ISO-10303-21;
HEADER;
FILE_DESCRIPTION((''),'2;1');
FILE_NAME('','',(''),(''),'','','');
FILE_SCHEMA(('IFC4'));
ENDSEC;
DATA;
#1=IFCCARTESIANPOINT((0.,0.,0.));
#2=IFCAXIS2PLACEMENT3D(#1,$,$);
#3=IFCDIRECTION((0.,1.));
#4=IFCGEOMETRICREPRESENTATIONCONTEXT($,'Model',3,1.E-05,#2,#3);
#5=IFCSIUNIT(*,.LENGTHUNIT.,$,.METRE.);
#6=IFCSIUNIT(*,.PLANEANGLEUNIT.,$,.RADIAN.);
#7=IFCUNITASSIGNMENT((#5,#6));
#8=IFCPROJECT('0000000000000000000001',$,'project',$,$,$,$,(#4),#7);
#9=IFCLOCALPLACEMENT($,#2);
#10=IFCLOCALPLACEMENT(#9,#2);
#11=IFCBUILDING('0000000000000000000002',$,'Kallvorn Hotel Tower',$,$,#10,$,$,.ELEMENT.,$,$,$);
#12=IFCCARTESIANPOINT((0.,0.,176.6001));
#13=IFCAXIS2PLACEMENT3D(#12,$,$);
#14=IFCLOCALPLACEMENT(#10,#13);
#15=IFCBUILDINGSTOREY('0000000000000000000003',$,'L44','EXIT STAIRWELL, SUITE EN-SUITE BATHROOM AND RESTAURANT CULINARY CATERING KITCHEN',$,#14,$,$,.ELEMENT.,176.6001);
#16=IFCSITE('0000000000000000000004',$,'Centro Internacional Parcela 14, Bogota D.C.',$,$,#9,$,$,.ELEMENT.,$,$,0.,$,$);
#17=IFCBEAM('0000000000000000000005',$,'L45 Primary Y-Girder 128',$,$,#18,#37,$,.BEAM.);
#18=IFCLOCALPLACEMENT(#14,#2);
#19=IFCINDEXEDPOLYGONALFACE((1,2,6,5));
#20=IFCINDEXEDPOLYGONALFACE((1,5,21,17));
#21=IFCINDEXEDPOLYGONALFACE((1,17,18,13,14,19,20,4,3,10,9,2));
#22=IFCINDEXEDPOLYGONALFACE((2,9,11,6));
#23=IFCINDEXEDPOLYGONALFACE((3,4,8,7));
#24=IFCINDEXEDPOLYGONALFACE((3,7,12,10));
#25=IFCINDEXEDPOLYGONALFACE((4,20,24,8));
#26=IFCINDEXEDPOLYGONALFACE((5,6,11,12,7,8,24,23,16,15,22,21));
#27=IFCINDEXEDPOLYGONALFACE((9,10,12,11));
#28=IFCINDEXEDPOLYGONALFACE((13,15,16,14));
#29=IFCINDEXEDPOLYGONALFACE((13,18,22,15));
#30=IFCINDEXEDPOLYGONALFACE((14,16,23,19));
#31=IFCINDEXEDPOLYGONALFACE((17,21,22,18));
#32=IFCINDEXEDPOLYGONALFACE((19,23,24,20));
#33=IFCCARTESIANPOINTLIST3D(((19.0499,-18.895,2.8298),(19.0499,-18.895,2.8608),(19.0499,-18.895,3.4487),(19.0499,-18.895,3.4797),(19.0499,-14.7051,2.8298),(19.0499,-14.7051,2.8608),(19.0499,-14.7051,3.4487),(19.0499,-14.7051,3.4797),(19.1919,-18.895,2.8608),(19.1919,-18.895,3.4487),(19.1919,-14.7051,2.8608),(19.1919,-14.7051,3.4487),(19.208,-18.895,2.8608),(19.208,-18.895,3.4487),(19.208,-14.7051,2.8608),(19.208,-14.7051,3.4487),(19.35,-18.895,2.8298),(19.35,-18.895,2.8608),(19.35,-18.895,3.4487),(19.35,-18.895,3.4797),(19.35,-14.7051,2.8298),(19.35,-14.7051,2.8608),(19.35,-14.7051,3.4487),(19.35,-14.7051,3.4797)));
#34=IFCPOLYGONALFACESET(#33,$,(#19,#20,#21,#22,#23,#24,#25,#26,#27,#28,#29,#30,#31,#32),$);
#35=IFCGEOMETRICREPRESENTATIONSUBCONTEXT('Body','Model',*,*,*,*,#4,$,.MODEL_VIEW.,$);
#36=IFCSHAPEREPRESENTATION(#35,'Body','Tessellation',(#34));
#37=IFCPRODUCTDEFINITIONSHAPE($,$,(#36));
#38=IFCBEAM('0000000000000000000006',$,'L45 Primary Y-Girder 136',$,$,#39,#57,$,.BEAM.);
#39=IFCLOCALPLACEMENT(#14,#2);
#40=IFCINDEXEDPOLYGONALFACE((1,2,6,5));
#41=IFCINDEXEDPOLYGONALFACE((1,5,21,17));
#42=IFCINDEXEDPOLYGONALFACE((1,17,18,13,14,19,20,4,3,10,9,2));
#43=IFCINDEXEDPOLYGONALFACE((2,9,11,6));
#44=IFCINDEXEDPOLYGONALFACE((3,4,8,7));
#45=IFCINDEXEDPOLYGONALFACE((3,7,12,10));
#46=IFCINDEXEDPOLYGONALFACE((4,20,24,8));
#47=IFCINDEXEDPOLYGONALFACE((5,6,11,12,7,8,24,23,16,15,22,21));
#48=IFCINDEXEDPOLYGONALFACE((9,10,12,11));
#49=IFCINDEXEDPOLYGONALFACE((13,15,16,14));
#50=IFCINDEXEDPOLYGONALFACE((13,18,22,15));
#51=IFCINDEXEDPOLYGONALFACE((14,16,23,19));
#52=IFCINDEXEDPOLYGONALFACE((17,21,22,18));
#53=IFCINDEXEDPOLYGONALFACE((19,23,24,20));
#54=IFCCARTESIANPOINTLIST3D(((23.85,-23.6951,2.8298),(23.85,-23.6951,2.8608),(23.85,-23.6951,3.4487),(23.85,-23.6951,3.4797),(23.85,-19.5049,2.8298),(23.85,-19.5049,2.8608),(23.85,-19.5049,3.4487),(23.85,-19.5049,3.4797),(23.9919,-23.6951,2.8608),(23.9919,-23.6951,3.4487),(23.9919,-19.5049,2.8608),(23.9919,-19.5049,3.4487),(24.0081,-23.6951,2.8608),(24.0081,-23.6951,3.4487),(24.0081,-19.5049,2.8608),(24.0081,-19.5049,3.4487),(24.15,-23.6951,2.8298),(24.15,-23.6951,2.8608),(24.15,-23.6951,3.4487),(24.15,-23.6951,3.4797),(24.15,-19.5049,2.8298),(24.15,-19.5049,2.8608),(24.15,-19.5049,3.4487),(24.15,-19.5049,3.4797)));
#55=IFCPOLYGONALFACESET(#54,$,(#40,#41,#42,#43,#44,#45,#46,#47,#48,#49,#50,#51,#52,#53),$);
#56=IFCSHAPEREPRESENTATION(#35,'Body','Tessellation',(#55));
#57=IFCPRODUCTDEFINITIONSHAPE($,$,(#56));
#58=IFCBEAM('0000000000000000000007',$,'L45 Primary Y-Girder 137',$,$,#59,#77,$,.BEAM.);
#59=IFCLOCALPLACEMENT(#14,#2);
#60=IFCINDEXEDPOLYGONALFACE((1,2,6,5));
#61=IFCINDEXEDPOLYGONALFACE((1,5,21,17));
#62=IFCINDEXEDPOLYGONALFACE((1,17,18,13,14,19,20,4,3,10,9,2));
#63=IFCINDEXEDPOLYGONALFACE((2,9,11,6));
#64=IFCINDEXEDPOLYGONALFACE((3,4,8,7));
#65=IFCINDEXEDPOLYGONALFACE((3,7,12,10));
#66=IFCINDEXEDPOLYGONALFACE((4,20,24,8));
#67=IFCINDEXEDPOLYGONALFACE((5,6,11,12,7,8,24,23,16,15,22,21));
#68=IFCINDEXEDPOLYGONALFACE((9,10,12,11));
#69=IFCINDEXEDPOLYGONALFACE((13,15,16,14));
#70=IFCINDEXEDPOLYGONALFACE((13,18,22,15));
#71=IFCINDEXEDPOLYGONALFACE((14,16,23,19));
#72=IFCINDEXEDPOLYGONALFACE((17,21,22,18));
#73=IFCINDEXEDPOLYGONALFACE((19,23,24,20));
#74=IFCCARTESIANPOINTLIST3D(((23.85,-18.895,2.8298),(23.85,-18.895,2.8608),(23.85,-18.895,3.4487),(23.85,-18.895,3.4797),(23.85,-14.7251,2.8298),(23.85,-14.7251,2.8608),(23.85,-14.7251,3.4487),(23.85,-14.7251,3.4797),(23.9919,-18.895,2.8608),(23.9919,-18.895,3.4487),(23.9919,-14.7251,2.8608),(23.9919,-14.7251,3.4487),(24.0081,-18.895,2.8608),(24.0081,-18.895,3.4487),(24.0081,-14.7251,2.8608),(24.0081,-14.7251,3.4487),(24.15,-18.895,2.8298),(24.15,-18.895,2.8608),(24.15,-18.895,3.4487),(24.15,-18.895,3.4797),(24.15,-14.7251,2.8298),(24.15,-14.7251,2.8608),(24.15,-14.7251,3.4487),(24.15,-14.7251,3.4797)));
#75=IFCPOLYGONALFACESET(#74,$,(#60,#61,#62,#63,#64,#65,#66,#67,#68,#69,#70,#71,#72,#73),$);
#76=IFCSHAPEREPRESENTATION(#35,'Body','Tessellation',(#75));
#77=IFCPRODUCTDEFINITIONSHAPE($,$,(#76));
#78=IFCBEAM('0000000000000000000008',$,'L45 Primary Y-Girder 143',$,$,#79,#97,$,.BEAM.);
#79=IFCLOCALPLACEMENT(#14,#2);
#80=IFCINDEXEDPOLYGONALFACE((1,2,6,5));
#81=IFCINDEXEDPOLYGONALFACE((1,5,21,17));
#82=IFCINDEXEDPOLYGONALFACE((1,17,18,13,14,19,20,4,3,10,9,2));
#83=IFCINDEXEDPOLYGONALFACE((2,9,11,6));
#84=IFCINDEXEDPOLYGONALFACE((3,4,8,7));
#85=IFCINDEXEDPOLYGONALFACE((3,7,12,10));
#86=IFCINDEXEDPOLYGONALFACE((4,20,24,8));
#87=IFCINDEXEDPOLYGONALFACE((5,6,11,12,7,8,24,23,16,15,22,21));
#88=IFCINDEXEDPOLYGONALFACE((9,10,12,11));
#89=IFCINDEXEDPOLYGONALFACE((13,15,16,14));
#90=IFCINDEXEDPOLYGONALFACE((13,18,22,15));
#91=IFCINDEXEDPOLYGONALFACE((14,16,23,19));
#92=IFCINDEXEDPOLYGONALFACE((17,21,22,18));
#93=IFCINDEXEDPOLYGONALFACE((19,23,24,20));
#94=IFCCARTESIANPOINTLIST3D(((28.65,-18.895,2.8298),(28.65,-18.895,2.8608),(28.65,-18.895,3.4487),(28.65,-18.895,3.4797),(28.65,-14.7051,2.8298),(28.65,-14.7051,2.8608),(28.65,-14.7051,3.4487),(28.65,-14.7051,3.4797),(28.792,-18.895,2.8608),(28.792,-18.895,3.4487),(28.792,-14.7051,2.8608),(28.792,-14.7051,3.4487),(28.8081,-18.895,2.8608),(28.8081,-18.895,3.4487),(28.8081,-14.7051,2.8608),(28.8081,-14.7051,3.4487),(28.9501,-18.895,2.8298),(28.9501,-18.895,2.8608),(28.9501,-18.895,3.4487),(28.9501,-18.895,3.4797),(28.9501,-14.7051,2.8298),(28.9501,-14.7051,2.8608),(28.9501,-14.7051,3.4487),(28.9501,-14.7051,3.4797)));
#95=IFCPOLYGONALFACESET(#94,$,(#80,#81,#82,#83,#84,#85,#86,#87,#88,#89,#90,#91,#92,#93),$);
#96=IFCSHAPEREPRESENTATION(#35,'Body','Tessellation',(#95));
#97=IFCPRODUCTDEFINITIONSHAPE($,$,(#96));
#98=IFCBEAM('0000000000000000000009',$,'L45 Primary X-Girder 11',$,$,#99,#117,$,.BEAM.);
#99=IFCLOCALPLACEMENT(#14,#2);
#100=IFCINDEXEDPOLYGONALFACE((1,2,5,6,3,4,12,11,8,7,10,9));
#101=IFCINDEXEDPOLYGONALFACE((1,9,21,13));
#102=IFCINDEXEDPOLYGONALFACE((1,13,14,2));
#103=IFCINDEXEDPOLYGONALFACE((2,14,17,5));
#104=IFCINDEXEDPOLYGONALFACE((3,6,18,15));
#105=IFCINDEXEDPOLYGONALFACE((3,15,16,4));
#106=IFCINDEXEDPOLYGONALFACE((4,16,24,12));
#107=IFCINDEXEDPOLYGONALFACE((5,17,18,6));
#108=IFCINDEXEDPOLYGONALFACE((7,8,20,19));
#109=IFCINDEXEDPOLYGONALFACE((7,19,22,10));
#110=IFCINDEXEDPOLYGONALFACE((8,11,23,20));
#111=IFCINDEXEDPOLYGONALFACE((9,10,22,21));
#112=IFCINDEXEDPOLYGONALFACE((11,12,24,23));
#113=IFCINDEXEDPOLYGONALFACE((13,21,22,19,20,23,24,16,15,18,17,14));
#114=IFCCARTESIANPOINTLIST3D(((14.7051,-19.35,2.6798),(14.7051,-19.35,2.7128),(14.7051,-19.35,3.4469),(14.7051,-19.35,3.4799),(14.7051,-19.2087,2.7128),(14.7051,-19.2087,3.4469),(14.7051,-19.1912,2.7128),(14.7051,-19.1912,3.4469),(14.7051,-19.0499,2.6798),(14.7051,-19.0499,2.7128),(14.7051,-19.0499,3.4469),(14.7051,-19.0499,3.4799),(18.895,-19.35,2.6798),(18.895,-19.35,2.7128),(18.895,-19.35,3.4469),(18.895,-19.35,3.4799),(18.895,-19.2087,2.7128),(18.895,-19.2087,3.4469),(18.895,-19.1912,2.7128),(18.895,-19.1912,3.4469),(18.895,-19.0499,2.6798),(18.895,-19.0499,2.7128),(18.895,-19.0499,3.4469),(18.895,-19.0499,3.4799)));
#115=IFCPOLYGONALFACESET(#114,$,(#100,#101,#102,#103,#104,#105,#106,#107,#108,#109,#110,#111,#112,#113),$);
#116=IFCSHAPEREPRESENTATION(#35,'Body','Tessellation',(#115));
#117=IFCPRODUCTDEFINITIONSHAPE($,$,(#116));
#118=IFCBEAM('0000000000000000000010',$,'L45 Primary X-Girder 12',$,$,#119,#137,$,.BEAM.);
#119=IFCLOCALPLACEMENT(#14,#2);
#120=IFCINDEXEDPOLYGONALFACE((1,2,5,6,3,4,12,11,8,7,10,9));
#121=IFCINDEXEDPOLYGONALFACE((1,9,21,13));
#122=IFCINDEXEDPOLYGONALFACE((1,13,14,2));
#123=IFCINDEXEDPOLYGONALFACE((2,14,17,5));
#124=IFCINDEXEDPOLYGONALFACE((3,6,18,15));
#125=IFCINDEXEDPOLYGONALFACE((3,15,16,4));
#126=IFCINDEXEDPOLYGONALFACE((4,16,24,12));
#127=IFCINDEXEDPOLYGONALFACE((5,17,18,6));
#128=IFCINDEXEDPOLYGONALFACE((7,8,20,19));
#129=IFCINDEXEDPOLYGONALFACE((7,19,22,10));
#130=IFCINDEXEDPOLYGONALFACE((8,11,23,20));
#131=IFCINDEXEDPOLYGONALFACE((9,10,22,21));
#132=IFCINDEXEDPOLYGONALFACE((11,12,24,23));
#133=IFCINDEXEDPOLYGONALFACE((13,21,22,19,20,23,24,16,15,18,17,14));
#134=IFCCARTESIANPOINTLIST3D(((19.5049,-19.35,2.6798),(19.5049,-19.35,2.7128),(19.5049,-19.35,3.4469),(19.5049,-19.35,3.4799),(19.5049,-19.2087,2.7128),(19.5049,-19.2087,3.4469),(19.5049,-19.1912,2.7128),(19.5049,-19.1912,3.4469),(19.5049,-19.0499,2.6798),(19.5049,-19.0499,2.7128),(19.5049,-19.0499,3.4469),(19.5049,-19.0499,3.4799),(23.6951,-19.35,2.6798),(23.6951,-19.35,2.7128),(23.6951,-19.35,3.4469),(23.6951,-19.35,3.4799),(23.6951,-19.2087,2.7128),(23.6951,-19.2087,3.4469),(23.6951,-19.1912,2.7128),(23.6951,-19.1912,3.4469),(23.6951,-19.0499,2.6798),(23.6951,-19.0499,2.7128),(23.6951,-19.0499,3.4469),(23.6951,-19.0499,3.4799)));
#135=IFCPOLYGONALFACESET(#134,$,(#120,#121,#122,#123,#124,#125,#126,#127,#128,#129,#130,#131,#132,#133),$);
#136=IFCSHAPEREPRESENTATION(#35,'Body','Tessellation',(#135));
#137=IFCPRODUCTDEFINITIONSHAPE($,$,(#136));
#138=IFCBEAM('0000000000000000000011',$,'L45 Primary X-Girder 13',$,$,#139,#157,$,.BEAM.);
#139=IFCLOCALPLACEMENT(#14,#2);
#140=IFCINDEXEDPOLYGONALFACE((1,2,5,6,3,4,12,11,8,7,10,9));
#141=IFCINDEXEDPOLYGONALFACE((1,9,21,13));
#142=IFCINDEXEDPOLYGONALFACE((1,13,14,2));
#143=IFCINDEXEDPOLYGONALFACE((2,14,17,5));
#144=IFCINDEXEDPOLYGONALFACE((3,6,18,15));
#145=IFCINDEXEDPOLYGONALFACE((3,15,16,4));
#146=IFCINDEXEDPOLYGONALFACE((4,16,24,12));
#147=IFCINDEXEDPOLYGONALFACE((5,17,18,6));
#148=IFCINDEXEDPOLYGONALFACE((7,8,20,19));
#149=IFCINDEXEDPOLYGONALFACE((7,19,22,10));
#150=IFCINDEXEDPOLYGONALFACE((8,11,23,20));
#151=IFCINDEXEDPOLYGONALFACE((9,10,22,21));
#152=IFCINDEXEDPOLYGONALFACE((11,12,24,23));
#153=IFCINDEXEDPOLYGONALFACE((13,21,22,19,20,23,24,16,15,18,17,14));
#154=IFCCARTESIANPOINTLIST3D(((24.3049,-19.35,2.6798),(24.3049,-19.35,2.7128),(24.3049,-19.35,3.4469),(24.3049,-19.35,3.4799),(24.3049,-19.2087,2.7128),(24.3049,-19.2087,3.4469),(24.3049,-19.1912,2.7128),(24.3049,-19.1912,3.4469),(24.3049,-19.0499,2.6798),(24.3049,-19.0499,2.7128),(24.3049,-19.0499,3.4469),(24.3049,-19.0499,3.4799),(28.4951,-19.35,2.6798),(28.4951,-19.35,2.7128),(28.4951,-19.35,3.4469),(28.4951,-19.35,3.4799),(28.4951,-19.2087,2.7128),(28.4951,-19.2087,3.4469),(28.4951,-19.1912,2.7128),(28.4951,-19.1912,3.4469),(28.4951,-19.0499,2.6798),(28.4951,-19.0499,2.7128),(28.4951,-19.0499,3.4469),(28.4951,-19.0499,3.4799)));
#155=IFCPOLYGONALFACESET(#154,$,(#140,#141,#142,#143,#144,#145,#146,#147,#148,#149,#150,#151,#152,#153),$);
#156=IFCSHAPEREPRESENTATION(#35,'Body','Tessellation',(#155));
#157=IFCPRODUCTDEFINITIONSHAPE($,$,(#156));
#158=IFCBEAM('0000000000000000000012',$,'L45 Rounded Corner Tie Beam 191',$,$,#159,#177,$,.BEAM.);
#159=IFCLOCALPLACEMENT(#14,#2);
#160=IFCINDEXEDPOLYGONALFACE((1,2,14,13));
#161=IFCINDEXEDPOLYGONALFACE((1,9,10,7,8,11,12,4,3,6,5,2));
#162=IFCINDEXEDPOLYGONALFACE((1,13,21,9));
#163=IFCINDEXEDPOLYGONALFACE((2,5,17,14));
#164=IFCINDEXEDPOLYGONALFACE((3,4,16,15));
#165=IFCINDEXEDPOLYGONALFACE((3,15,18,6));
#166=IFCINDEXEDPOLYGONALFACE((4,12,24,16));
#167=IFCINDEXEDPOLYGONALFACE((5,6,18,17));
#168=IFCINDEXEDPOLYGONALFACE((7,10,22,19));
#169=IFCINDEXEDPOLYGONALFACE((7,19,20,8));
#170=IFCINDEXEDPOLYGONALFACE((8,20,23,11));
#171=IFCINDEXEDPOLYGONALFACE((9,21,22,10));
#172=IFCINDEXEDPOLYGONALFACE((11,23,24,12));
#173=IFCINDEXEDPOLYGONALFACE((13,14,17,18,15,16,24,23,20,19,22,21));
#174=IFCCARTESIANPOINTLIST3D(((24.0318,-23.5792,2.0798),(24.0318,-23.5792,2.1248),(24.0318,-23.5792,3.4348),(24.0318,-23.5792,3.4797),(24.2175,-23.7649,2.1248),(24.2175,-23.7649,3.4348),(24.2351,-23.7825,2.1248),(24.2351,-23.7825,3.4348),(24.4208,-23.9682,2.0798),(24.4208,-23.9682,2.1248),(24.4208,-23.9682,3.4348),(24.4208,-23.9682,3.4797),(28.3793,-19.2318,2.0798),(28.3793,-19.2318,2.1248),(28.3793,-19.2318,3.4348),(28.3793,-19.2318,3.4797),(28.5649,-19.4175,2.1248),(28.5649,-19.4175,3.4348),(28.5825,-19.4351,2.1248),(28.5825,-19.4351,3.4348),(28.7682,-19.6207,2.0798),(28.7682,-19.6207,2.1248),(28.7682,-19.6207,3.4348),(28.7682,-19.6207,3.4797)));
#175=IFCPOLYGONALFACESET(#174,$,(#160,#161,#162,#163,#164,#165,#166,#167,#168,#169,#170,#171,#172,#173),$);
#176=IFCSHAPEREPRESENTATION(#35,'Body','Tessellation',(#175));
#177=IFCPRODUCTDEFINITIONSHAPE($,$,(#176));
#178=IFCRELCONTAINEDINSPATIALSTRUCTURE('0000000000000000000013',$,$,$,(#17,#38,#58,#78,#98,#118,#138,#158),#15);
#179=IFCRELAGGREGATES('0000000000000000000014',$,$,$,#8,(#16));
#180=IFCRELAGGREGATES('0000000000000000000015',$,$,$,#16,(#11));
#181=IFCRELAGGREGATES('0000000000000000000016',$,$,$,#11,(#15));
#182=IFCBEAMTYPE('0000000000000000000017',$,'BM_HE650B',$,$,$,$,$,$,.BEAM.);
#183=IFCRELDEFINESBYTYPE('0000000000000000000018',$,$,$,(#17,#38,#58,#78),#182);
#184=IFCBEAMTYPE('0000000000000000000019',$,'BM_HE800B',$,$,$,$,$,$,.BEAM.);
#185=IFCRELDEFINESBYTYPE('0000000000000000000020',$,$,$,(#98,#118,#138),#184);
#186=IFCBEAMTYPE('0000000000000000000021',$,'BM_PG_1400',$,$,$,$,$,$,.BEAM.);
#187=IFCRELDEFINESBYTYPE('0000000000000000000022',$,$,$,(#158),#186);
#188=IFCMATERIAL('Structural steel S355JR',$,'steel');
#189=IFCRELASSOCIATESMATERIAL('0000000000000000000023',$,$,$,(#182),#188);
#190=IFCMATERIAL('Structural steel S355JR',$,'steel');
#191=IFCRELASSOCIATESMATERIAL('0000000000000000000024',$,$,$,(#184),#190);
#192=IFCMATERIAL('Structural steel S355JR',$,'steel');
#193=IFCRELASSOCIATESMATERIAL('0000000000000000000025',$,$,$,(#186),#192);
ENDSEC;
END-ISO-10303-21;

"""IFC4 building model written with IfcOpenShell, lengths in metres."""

from ifc_helpers import new_model, si_unit, direction, frame, origin, origin_2d, place, context, subcontext, project, spatial, i_section, extrude, material, material_profile, profile_set, type_object, element, save


model = new_model("IFC4")

# Units and contexts
model_context = context("Model", 3, precision=1e-05, world=origin(), true_north=direction((0.0, 1.0)))
body_context = subcontext(model_context, "Body", "Model", "MODEL_VIEW")
ifc_project = project(units=[si_unit("LENGTHUNIT", "METRE"), si_unit("PLANEANGLEUNIT", "RADIAN")], contexts=[model_context])

# Site, building, storey
site_placement = place(None, origin())
site = spatial("IfcSite", under=ifc_project, at=site_placement, Name="Centro Internacional Parcela 14, Bogota D.C.", CompositionType="ELEMENT", RefElevation=0.0)
building_placement = place(site_placement, origin())
building = spatial("IfcBuilding", under=site, at=building_placement, Name="Kallvorn Hotel Tower", CompositionType="ELEMENT")
storey_placement = place(building_placement, frame((0.0, 0.0, 176.6001)))
storey = spatial("IfcBuildingStorey", under=building, at=storey_placement, Name="L44", Description="EXIT STAIRWELL, SUITE EN-SUITE BATHROOM AND RESTAURANT CULINARY CATERING KITCHEN", CompositionType="ELEMENT", Elevation=176.6001)

# Beams
ifc_material_1 = material(Name="Structural steel S355JR", Category="steel")
ifc_material_profile_1 = material_profile(ifc_material_1, i_section(OverallWidth=0.3, OverallDepth=0.6499, WebThickness=0.0161, FlangeThickness=0.031, at=origin_2d()), Name="HE 650 B")
ifc_profile_set_1 = profile_set([ifc_material_profile_1], Name="Structural steel S355JR")
beam_type_1 = type_object("IfcBeamType", Name="BM_HE650B", PredefinedType="BEAM", material=ifc_profile_set_1)
beam_1_placement = place(storey_placement, frame((19.2, -18.895, 3.1548), z_axis=(0.0, 1.0, 0.0), x_axis=(-1.0, 0.0, 0.0)))
element("IfcBeam", 1, at=beam_1_placement, inside=storey, type_object=beam_type_1, Name="L45 Primary Y-Girder 128", PredefinedType="BEAM", context=body_context, shape_type="SweptSolid", body=[
    extrude(i_section(OverallWidth=0.3, OverallDepth=0.6499, WebThickness=0.0161, FlangeThickness=0.031, at=origin_2d()), origin(), (0.0, 0.0, 1.0), 4.1899),
])
beam_2_placement = place(storey_placement, frame((24.0, -23.6951, 3.1548), z_axis=(0.0, 1.0, 0.0), x_axis=(-1.0, 0.0, 0.0)))
element("IfcBeam", 2, at=beam_2_placement, inside=storey, type_object=beam_type_1, Name="L45 Primary Y-Girder 136", PredefinedType="BEAM", context=body_context, shape_type="SweptSolid", body=[
    extrude(i_section(OverallWidth=0.3, OverallDepth=0.6499, WebThickness=0.0161, FlangeThickness=0.031, at=origin_2d()), origin(), (0.0, 0.0, 1.0), 4.1902),
])
beam_3_placement = place(storey_placement, frame((24.0, -18.895, 3.1548), z_axis=(0.0, 1.0, 0.0), x_axis=(-1.0, 0.0, 0.0)))
element("IfcBeam", 3, at=beam_3_placement, inside=storey, type_object=beam_type_1, Name="L45 Primary Y-Girder 137", PredefinedType="BEAM", context=body_context, shape_type="SweptSolid", body=[
    extrude(i_section(OverallWidth=0.3, OverallDepth=0.6499, WebThickness=0.0161, FlangeThickness=0.031, at=origin_2d()), origin(), (0.0, 0.0, 1.0), 4.1699),
])
beam_4_placement = place(storey_placement, frame((28.8, -18.895, 3.1548), z_axis=(0.0, 1.0, 0.0), x_axis=(-1.0, 0.0, 0.0)))
element("IfcBeam", 4, at=beam_4_placement, inside=storey, type_object=beam_type_1, Name="L45 Primary Y-Girder 143", PredefinedType="BEAM", context=body_context, shape_type="SweptSolid", body=[
    extrude(i_section(OverallWidth=0.3, OverallDepth=0.6499, WebThickness=0.0161, FlangeThickness=0.031, at=origin_2d()), origin(), (0.0, 0.0, 1.0), 4.1899),
])
ifc_material_2 = material(Name="Structural steel S355JR", Category="steel")
ifc_material_profile_2 = material_profile(ifc_material_2, i_section(OverallWidth=0.3, OverallDepth=0.8, WebThickness=0.0176, FlangeThickness=0.033, at=origin_2d()), Name="HE 800 B")
ifc_profile_set_2 = profile_set([ifc_material_profile_2], Name="Structural steel S355JR")
beam_type_2 = type_object("IfcBeamType", Name="BM_HE800B", PredefinedType="BEAM", material=ifc_profile_set_2)
beam_5_placement = place(storey_placement, frame((14.7051, -19.2, 3.0798), z_axis=(1.0, 0.0, 0.0), x_axis=(0.0, 1.0, 0.0)))
element("IfcBeam", 5, at=beam_5_placement, inside=storey, type_object=beam_type_2, Name="L45 Primary X-Girder 11", PredefinedType="BEAM", context=body_context, shape_type="SweptSolid", body=[
    extrude(i_section(OverallWidth=0.3, OverallDepth=0.8, WebThickness=0.0176, FlangeThickness=0.033, at=origin_2d()), origin(), (0.0, 0.0, 1.0), 4.1899),
])
for number, where, z_axis, x_axis, name in (
    (6, (19.5049, -19.2, 3.0798), (1.0, 0.0, 0.0), (0.0, 1.0, 0.0), "L45 Primary X-Girder 12"),
    (7, (24.3049, -19.2, 3.0798), (1.0, 0.0, 0.0), (0.0, 1.0, 0.0), "L45 Primary X-Girder 13"),
):
    element("IfcBeam", number, at=place(storey_placement, frame(where, z_axis=z_axis, x_axis=x_axis)), inside=storey, type_object=beam_type_2, Name=name, PredefinedType="BEAM", context=body_context, shape_type="SweptSolid", body=[
        extrude(i_section(OverallWidth=0.3, OverallDepth=0.8, WebThickness=0.0176, FlangeThickness=0.033, at=origin_2d()), origin(), (0.0, 0.0, 1.0), 4.1902),
    ])
ifc_material_3 = material(Name="Structural steel S355JR", Category="steel")
ifc_material_profile_3 = material_profile(ifc_material_3, i_section(OverallWidth=0.55, OverallDepth=1.3999, WebThickness=0.0249, FlangeThickness=0.0449, at=origin_2d()), Name="PG 1400x550x25x45")
ifc_profile_set_3 = profile_set([ifc_material_profile_3], Name="Structural steel S355JR")
beam_type_3 = type_object("IfcBeamType", Name="BM_PG_1400", PredefinedType="BEAM", material=ifc_profile_set_3)
beam_6_placement = place(storey_placement, frame((28.5737, -19.4263, 2.7798), z_axis=(-0.707107, -0.707107, 0.0), x_axis=(0.707107, -0.707107, 0.0)))
element("IfcBeam", 8, at=beam_6_placement, inside=storey, type_object=beam_type_3, Name="L45 Rounded Corner Tie Beam 191", PredefinedType="BEAM", context=body_context, shape_type="SweptSolid", body=[
    extrude(i_section(OverallWidth=0.55, OverallDepth=1.3999, WebThickness=0.0249, FlangeThickness=0.0449, at=origin_2d()), origin(), (0.0, 0.0, 1.0), 6.1482),
])

save(model, "model.ifc")
